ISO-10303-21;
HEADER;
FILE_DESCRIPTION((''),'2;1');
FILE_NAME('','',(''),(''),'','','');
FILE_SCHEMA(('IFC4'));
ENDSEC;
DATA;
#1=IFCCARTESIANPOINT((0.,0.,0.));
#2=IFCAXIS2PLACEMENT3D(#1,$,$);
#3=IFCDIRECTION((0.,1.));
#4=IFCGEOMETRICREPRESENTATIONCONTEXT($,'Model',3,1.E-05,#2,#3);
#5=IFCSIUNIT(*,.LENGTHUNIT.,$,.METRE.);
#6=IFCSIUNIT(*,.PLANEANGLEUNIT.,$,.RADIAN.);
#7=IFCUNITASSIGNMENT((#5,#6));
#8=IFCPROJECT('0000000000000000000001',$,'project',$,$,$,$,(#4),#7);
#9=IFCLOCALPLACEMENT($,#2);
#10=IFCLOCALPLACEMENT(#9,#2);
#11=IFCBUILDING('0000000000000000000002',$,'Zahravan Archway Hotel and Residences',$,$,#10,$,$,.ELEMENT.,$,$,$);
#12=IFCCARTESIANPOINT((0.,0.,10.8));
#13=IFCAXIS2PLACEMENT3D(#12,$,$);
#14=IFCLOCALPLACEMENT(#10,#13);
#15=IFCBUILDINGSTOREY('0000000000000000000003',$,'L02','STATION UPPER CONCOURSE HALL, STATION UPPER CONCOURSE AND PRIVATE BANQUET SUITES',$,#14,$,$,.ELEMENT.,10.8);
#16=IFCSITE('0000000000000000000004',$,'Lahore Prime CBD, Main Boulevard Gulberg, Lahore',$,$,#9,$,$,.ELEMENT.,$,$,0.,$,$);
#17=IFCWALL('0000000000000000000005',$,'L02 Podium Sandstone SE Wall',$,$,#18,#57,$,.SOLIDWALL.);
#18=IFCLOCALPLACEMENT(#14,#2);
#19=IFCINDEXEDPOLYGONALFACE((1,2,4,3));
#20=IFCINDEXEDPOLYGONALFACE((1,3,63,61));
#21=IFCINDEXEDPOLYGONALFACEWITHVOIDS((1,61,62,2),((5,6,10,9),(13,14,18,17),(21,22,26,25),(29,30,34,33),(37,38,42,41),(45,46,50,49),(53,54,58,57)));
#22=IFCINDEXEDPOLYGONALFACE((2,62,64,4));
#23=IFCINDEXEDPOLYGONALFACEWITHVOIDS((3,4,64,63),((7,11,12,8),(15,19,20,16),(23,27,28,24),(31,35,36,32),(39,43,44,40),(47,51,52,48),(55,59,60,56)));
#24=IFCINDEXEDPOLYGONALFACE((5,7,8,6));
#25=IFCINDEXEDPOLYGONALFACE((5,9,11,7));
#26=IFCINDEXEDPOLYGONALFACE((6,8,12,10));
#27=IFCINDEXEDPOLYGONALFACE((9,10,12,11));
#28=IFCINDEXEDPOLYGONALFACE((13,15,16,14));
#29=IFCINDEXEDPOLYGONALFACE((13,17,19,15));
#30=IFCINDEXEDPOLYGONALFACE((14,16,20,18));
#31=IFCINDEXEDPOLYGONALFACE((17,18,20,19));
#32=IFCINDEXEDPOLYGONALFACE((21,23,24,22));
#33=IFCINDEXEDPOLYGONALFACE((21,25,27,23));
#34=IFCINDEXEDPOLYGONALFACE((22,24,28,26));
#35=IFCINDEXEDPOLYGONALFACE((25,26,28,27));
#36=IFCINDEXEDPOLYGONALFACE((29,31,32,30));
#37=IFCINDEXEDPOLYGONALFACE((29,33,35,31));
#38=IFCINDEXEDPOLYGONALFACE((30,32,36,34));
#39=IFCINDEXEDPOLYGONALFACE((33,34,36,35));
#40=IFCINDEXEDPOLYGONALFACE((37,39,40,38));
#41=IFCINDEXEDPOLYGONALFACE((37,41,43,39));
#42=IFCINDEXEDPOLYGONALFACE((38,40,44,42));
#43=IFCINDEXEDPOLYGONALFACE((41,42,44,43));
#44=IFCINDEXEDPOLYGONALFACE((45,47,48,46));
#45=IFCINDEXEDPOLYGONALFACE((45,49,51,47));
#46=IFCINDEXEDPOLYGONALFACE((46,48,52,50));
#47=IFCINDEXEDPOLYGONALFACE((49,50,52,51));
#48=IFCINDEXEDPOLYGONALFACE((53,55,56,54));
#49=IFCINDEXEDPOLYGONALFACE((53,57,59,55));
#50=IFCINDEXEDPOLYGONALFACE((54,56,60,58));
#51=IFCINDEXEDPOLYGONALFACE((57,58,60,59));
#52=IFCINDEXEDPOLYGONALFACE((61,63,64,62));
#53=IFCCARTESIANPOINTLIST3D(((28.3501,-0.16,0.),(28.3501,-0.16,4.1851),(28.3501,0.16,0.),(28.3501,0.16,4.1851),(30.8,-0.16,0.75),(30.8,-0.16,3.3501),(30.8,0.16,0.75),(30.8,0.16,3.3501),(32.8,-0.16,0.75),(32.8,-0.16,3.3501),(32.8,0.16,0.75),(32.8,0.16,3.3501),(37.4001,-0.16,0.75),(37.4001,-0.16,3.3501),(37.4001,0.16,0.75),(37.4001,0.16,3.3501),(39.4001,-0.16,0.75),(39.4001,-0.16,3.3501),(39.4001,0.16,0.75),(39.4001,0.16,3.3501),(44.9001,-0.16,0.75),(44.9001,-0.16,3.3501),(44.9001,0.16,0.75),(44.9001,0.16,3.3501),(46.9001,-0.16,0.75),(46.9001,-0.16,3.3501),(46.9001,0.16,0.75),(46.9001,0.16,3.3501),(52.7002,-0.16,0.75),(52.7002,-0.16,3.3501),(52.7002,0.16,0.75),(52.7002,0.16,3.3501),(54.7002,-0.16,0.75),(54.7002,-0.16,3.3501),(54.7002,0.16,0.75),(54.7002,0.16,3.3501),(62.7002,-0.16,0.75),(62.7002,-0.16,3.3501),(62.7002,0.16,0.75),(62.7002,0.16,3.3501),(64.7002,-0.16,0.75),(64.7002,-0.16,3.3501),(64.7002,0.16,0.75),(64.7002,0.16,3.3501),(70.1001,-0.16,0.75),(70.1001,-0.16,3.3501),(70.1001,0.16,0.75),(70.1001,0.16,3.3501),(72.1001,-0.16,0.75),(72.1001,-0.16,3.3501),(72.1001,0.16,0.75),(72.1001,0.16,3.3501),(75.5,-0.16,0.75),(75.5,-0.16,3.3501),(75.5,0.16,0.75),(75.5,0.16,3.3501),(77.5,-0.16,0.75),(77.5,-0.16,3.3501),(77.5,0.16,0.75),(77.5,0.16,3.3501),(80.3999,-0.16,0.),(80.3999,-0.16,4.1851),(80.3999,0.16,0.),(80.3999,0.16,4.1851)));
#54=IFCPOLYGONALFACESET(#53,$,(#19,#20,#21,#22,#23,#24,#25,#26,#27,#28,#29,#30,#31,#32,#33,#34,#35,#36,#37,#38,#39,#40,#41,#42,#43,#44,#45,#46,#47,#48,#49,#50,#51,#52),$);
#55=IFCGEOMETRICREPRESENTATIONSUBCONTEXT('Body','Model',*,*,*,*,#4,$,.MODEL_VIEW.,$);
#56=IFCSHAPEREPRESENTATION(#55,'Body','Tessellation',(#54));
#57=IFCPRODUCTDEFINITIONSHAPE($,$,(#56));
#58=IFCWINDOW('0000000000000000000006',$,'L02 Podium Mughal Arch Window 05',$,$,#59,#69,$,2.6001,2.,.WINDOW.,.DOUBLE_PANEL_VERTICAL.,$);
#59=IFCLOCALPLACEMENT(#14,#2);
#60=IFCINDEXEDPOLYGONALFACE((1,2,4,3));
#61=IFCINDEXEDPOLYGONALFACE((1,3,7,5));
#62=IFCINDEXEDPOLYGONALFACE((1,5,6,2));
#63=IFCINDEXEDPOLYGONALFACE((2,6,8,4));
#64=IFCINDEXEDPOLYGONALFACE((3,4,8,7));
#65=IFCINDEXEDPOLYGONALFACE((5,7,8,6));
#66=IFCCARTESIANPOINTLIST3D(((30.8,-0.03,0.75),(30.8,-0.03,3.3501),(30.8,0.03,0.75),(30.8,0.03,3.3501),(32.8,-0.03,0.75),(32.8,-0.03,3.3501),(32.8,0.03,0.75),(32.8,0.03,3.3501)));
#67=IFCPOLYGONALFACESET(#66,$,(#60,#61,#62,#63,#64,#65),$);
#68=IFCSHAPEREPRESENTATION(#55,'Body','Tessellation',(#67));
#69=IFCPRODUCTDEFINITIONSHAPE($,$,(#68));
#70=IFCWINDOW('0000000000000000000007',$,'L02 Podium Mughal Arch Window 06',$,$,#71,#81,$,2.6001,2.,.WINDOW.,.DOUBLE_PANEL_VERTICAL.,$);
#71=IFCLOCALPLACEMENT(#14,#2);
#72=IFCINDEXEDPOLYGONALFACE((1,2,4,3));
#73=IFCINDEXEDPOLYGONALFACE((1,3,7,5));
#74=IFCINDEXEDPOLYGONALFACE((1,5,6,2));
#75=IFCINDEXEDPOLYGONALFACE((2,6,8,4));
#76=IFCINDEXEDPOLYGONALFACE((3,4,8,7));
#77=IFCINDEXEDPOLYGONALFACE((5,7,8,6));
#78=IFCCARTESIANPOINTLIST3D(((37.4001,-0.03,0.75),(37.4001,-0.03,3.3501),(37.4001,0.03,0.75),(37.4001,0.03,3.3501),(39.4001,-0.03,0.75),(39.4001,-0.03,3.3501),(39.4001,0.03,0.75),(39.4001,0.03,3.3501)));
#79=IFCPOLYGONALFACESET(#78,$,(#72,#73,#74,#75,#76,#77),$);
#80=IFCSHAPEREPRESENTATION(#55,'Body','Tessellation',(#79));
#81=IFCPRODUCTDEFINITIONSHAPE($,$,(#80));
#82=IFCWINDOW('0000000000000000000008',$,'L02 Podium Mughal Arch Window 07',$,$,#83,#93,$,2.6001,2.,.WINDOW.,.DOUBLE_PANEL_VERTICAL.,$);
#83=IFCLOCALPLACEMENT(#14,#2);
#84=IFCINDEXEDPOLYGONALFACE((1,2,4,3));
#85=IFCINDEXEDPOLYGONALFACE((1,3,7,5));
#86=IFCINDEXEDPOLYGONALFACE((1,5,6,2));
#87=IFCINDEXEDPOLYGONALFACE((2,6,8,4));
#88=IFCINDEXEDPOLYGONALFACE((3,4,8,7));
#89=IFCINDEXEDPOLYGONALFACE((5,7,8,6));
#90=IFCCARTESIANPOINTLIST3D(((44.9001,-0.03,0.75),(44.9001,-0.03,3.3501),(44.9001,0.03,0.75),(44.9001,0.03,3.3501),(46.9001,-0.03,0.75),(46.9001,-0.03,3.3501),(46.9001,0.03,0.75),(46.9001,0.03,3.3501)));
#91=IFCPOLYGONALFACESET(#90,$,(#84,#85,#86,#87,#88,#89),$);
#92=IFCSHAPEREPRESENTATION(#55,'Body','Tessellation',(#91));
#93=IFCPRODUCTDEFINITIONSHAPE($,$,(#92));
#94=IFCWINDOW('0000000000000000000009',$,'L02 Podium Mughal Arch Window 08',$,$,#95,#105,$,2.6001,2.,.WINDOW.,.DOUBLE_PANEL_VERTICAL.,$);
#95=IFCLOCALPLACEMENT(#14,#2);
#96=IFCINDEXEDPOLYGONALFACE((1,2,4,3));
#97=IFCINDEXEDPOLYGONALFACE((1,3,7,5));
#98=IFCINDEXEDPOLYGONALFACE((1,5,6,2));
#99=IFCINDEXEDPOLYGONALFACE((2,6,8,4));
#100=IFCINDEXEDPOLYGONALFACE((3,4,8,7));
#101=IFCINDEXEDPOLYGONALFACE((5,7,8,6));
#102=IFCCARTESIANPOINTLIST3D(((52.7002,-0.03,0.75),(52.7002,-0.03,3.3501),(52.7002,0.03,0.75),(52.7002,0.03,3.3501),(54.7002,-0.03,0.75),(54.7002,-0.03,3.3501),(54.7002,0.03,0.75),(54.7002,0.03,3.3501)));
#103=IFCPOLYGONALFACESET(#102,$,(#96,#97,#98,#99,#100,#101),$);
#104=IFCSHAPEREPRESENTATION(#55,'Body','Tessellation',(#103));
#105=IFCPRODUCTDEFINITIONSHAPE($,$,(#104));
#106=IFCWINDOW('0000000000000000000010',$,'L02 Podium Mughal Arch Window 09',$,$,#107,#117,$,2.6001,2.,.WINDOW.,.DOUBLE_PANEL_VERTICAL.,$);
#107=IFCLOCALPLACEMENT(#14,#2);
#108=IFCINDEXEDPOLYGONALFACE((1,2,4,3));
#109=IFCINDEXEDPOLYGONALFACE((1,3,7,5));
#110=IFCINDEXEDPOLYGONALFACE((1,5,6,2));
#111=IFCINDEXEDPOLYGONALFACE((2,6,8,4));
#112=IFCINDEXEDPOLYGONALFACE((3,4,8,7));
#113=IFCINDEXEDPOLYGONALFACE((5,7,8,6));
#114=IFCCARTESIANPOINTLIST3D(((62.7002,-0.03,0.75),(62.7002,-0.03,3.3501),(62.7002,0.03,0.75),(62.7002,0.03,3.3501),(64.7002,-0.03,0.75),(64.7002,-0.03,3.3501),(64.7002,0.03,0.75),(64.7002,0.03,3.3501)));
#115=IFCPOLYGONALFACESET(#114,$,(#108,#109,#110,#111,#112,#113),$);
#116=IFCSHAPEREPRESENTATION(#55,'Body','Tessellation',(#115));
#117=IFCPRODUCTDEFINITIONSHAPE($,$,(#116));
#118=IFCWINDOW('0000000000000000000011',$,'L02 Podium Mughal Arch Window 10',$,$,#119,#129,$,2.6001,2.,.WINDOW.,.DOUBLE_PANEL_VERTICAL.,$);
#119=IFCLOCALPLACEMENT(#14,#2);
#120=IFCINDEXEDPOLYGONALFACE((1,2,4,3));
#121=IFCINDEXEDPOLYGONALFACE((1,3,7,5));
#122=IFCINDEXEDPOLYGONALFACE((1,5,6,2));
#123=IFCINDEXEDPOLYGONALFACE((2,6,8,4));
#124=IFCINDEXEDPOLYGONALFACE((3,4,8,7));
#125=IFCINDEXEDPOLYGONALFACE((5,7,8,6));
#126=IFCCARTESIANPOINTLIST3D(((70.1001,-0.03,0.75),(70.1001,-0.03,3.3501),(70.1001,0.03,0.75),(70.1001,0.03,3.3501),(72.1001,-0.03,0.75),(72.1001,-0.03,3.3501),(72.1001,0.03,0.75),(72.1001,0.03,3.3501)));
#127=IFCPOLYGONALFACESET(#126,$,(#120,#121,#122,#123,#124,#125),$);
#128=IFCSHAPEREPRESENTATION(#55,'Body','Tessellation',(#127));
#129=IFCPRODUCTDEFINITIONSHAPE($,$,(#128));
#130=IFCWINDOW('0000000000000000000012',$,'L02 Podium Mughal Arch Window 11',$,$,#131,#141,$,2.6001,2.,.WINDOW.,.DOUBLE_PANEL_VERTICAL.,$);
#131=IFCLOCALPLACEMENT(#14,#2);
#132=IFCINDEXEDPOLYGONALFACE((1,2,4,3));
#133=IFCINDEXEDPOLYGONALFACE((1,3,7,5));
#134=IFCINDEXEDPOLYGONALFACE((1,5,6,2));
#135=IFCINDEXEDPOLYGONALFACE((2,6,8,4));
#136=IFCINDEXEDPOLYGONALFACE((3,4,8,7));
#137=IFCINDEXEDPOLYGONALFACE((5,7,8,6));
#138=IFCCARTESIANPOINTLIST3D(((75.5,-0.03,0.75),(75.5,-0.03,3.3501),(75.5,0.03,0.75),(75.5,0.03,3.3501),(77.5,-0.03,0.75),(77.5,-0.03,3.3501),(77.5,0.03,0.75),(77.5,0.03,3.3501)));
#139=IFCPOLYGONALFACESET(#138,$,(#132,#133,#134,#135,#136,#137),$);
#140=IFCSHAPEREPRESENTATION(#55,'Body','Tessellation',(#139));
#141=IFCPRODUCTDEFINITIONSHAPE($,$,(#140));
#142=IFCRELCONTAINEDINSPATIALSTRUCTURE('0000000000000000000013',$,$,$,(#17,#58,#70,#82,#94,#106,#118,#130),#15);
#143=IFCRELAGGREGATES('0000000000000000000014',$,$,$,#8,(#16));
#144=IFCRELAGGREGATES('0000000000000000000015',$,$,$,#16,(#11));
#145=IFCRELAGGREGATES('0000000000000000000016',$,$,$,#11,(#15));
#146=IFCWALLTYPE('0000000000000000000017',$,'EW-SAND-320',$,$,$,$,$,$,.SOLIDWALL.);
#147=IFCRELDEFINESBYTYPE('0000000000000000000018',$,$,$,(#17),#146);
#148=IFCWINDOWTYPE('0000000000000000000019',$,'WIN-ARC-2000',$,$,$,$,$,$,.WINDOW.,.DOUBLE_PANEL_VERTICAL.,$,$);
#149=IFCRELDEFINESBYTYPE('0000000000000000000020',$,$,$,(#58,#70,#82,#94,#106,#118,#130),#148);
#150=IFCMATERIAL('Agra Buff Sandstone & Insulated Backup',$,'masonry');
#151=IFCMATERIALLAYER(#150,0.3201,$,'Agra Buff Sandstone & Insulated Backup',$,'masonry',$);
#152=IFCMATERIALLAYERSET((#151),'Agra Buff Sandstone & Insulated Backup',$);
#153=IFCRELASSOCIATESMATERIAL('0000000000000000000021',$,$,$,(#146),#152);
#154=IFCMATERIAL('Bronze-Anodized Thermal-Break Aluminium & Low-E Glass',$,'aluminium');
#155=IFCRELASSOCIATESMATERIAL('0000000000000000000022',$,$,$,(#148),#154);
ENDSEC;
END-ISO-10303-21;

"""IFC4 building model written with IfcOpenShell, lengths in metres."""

from ifc_helpers import new_model, si_unit, direction, frame, frame_2d, origin, place, context, subcontext, project, spatial, rectangle, extrude, source, transform, mapped, material, layer, layer_set, type_object, type_shapes, element, fill, save


model = new_model("IFC4")

# Units and contexts
model_context = context("Model", 3, precision=1e-05, world=origin(), true_north=direction((0.0, 1.0)))
body_context = subcontext(model_context, "Body", "Model", "MODEL_VIEW")
ifc_project = project(units=[si_unit("LENGTHUNIT", "METRE"), si_unit("PLANEANGLEUNIT", "RADIAN")], contexts=[model_context])

# Site, building, storey
site_placement = place(None, origin())
site = spatial("IfcSite", under=ifc_project, at=site_placement, Name="Lahore Prime CBD, Main Boulevard Gulberg, Lahore", CompositionType="ELEMENT", RefElevation=0.0)
building_placement = place(site_placement, origin())
building = spatial("IfcBuilding", under=site, at=building_placement, Name="Zahravan Archway Hotel and Residences", CompositionType="ELEMENT")
storey_placement = place(building_placement, frame((0.0, 0.0, 10.8)))
storey = spatial("IfcBuildingStorey", under=building, at=storey_placement, Name="L02", Description="STATION UPPER CONCOURSE HALL, STATION UPPER CONCOURSE AND PRIVATE BANQUET SUITES", CompositionType="ELEMENT", Elevation=10.8)

# Wall, openings, windows
ifc_material_1 = material(Name="Agra Buff Sandstone & Insulated Backup", Category="masonry")
ifc_layer_1 = layer(ifc_material_1, 0.3201, Name="Agra Buff Sandstone & Insulated Backup", Category="masonry")
ifc_layer_set_1 = layer_set([ifc_layer_1], Name="Agra Buff Sandstone & Insulated Backup")
wall_type = type_object("IfcWallType", Name="EW-SAND-320", PredefinedType="SOLIDWALL", material=ifc_layer_set_1)
wall_placement = place(storey_placement, frame((28.3501, 0.0, 0.0), z_axis=(0.0, 0.0, 1.0), x_axis=(1.0, 0.0, 0.0)))
wall = element("IfcWall", 1, at=wall_placement, inside=storey, type_object=wall_type, Name="L02 Podium Sandstone SE Wall", PredefinedType="SOLIDWALL", context=body_context, shape_type="SweptSolid", body=[
    extrude(rectangle(XDim=52.0498, YDim=0.3201, at=frame_2d((26.0249, 0.0))), origin(), (0.0, 0.0, 1.0), 4.1851),
])
opening_1_placement = place(wall_placement, frame((2.45, 0.0, 0.75)))
opening_1 = element("IfcOpeningElement", 2, at=opening_1_placement, cuts=wall, PredefinedType="OPENING", context=body_context, shape_type="SweptSolid", body=[
    extrude(rectangle(XDim=2.0, YDim=2.6001, at=frame_2d((1.0, 1.3))), frame((0.0, 0.1699, 0.0), z_axis=(0.0, -1.0, 0.0), x_axis=(1.0, 0.0, 0.0)), (0.0, 0.0, 1.0), 0.3401),
])
opening_2_placement = place(wall_placement, frame((9.05, 0.0, 0.75)))
opening_2 = element("IfcOpeningElement", 3, at=opening_2_placement, cuts=wall, PredefinedType="OPENING", context=body_context, shape_type="SweptSolid", body=[
    extrude(rectangle(XDim=2.0, YDim=2.6001, at=frame_2d((1.0, 1.3))), frame((0.0, 0.1699, 0.0), z_axis=(0.0, -1.0, 0.0), x_axis=(1.0, 0.0, 0.0)), (0.0, 0.0, 1.0), 0.3401),
])
opening_3_placement = place(wall_placement, frame((16.55, 0.0, 0.75)))
opening_3 = element("IfcOpeningElement", 4, at=opening_3_placement, cuts=wall, PredefinedType="OPENING", context=body_context, shape_type="SweptSolid", body=[
    extrude(rectangle(XDim=2.0, YDim=2.6001, at=frame_2d((1.0, 1.3))), frame((0.0, 0.1699, 0.0), z_axis=(0.0, -1.0, 0.0), x_axis=(1.0, 0.0, 0.0)), (0.0, 0.0, 1.0), 0.3401),
])
opening_4_placement = place(wall_placement, frame((24.3501, 0.0, 0.75)))
opening_4 = element("IfcOpeningElement", 5, at=opening_4_placement, cuts=wall, PredefinedType="OPENING", context=body_context, shape_type="SweptSolid", body=[
    extrude(rectangle(XDim=2.0, YDim=2.6001, at=frame_2d((1.0, 1.3))), frame((0.0, 0.1699, 0.0), z_axis=(0.0, -1.0, 0.0), x_axis=(1.0, 0.0, 0.0)), (0.0, 0.0, 1.0), 0.3401),
])
opening_5_placement = place(wall_placement, frame((34.3501, 0.0, 0.75)))
opening_5 = element("IfcOpeningElement", 6, at=opening_5_placement, cuts=wall, PredefinedType="OPENING", context=body_context, shape_type="SweptSolid", body=[
    extrude(rectangle(XDim=2.0, YDim=2.6001, at=frame_2d((1.0, 1.3))), frame((0.0, 0.1699, 0.0), z_axis=(0.0, -1.0, 0.0), x_axis=(1.0, 0.0, 0.0)), (0.0, 0.0, 1.0), 0.3401),
])
opening_6_placement = place(wall_placement, frame((41.75, 0.0, 0.75)))
opening_6 = element("IfcOpeningElement", 7, at=opening_6_placement, cuts=wall, PredefinedType="OPENING", context=body_context, shape_type="SweptSolid", body=[
    extrude(rectangle(XDim=2.0, YDim=2.6001, at=frame_2d((1.0, 1.3))), frame((0.0, 0.1699, 0.0), z_axis=(0.0, -1.0, 0.0), x_axis=(1.0, 0.0, 0.0)), (0.0, 0.0, 1.0), 0.3401),
])
opening_7_placement = place(wall_placement, frame((47.1499, 0.0, 0.75)))
opening_7 = element("IfcOpeningElement", 8, at=opening_7_placement, cuts=wall, PredefinedType="OPENING", context=body_context, shape_type="SweptSolid", body=[
    extrude(rectangle(XDim=2.0, YDim=2.6001, at=frame_2d((1.0, 1.3))), frame((0.0, 0.1699, 0.0), z_axis=(0.0, -1.0, 0.0), x_axis=(1.0, 0.0, 0.0)), (0.0, 0.0, 1.0), 0.3401),
])
ifc_material_2 = material(Name="Bronze-Anodized Thermal-Break Aluminium & Low-E Glass", Category="aluminium")
window_type = type_object("IfcWindowType", Name="WIN-ARC-2000", PartitioningType="DOUBLE_PANEL_VERTICAL", PredefinedType="WINDOW", material=ifc_material_2)
shared_shape_1 = source(origin(), body_context, "Body", "SweptSolid", [
    extrude(rectangle(XDim=2.0, YDim=2.6001, at=frame_2d((1.0, 1.3))), frame((0.0, 0.03, 0.0), z_axis=(0.0, -1.0, 0.0), x_axis=(1.0, 0.0, 0.0)), (0.0, 0.0, 1.0), 0.0601),
])
type_shapes(window_type, [shared_shape_1])
window_1_placement = place(opening_1_placement, origin())
window_1 = element("IfcWindow", 9, at=window_1_placement, inside=storey, type_object=window_type, Name="L02 Podium Mughal Arch Window 05", OverallHeight=2.6001, OverallWidth=2.0, PartitioningType="DOUBLE_PANEL_VERTICAL", PredefinedType="WINDOW", context=body_context, shape_type="MappedRepresentation", body=[
    mapped(shared_shape_1, transform((0.0, 0.0, 0.0), scale=1.0)),
])
fill(opening_1, window_1)
window_2_placement = place(opening_2_placement, origin())
window_2 = element("IfcWindow", 10, at=window_2_placement, inside=storey, type_object=window_type, Name="L02 Podium Mughal Arch Window 06", OverallHeight=2.6001, OverallWidth=2.0, PartitioningType="DOUBLE_PANEL_VERTICAL", PredefinedType="WINDOW", context=body_context, shape_type="MappedRepresentation", body=[
    mapped(shared_shape_1, transform((0.0, 0.0, 0.0), scale=1.0)),
])
fill(opening_2, window_2)
window_3_placement = place(opening_3_placement, origin())
window_3 = element("IfcWindow", 11, at=window_3_placement, inside=storey, type_object=window_type, Name="L02 Podium Mughal Arch Window 07", OverallHeight=2.6001, OverallWidth=2.0, PartitioningType="DOUBLE_PANEL_VERTICAL", PredefinedType="WINDOW", context=body_context, shape_type="MappedRepresentation", body=[
    mapped(shared_shape_1, transform((0.0, 0.0, 0.0), scale=1.0)),
])
fill(opening_3, window_3)
window_4_placement = place(opening_4_placement, origin())
window_4 = element("IfcWindow", 12, at=window_4_placement, inside=storey, type_object=window_type, Name="L02 Podium Mughal Arch Window 08", OverallHeight=2.6001, OverallWidth=2.0, PartitioningType="DOUBLE_PANEL_VERTICAL", PredefinedType="WINDOW", context=body_context, shape_type="MappedRepresentation", body=[
    mapped(shared_shape_1, transform((0.0, 0.0, 0.0), scale=1.0)),
])
fill(opening_4, window_4)
window_5_placement = place(opening_5_placement, origin())
window_5 = element("IfcWindow", 13, at=window_5_placement, inside=storey, type_object=window_type, Name="L02 Podium Mughal Arch Window 09", OverallHeight=2.6001, OverallWidth=2.0, PartitioningType="DOUBLE_PANEL_VERTICAL", PredefinedType="WINDOW", context=body_context, shape_type="MappedRepresentation", body=[
    mapped(shared_shape_1, transform((0.0, 0.0, 0.0), scale=1.0)),
])
fill(opening_5, window_5)
window_6_placement = place(opening_6_placement, origin())
window_6 = element("IfcWindow", 14, at=window_6_placement, inside=storey, type_object=window_type, Name="L02 Podium Mughal Arch Window 10", OverallHeight=2.6001, OverallWidth=2.0, PartitioningType="DOUBLE_PANEL_VERTICAL", PredefinedType="WINDOW", context=body_context, shape_type="MappedRepresentation", body=[
    mapped(shared_shape_1, transform((0.0, 0.0, 0.0), scale=1.0)),
])
fill(opening_6, window_6)
window_7_placement = place(opening_7_placement, origin())
window_7 = element("IfcWindow", 15, at=window_7_placement, inside=storey, type_object=window_type, Name="L02 Podium Mughal Arch Window 11", OverallHeight=2.6001, OverallWidth=2.0, PartitioningType="DOUBLE_PANEL_VERTICAL", PredefinedType="WINDOW", context=body_context, shape_type="MappedRepresentation", body=[
    mapped(shared_shape_1, transform((0.0, 0.0, 0.0), scale=1.0)),
])
fill(opening_7, window_7)

save(model, "model.ifc")
